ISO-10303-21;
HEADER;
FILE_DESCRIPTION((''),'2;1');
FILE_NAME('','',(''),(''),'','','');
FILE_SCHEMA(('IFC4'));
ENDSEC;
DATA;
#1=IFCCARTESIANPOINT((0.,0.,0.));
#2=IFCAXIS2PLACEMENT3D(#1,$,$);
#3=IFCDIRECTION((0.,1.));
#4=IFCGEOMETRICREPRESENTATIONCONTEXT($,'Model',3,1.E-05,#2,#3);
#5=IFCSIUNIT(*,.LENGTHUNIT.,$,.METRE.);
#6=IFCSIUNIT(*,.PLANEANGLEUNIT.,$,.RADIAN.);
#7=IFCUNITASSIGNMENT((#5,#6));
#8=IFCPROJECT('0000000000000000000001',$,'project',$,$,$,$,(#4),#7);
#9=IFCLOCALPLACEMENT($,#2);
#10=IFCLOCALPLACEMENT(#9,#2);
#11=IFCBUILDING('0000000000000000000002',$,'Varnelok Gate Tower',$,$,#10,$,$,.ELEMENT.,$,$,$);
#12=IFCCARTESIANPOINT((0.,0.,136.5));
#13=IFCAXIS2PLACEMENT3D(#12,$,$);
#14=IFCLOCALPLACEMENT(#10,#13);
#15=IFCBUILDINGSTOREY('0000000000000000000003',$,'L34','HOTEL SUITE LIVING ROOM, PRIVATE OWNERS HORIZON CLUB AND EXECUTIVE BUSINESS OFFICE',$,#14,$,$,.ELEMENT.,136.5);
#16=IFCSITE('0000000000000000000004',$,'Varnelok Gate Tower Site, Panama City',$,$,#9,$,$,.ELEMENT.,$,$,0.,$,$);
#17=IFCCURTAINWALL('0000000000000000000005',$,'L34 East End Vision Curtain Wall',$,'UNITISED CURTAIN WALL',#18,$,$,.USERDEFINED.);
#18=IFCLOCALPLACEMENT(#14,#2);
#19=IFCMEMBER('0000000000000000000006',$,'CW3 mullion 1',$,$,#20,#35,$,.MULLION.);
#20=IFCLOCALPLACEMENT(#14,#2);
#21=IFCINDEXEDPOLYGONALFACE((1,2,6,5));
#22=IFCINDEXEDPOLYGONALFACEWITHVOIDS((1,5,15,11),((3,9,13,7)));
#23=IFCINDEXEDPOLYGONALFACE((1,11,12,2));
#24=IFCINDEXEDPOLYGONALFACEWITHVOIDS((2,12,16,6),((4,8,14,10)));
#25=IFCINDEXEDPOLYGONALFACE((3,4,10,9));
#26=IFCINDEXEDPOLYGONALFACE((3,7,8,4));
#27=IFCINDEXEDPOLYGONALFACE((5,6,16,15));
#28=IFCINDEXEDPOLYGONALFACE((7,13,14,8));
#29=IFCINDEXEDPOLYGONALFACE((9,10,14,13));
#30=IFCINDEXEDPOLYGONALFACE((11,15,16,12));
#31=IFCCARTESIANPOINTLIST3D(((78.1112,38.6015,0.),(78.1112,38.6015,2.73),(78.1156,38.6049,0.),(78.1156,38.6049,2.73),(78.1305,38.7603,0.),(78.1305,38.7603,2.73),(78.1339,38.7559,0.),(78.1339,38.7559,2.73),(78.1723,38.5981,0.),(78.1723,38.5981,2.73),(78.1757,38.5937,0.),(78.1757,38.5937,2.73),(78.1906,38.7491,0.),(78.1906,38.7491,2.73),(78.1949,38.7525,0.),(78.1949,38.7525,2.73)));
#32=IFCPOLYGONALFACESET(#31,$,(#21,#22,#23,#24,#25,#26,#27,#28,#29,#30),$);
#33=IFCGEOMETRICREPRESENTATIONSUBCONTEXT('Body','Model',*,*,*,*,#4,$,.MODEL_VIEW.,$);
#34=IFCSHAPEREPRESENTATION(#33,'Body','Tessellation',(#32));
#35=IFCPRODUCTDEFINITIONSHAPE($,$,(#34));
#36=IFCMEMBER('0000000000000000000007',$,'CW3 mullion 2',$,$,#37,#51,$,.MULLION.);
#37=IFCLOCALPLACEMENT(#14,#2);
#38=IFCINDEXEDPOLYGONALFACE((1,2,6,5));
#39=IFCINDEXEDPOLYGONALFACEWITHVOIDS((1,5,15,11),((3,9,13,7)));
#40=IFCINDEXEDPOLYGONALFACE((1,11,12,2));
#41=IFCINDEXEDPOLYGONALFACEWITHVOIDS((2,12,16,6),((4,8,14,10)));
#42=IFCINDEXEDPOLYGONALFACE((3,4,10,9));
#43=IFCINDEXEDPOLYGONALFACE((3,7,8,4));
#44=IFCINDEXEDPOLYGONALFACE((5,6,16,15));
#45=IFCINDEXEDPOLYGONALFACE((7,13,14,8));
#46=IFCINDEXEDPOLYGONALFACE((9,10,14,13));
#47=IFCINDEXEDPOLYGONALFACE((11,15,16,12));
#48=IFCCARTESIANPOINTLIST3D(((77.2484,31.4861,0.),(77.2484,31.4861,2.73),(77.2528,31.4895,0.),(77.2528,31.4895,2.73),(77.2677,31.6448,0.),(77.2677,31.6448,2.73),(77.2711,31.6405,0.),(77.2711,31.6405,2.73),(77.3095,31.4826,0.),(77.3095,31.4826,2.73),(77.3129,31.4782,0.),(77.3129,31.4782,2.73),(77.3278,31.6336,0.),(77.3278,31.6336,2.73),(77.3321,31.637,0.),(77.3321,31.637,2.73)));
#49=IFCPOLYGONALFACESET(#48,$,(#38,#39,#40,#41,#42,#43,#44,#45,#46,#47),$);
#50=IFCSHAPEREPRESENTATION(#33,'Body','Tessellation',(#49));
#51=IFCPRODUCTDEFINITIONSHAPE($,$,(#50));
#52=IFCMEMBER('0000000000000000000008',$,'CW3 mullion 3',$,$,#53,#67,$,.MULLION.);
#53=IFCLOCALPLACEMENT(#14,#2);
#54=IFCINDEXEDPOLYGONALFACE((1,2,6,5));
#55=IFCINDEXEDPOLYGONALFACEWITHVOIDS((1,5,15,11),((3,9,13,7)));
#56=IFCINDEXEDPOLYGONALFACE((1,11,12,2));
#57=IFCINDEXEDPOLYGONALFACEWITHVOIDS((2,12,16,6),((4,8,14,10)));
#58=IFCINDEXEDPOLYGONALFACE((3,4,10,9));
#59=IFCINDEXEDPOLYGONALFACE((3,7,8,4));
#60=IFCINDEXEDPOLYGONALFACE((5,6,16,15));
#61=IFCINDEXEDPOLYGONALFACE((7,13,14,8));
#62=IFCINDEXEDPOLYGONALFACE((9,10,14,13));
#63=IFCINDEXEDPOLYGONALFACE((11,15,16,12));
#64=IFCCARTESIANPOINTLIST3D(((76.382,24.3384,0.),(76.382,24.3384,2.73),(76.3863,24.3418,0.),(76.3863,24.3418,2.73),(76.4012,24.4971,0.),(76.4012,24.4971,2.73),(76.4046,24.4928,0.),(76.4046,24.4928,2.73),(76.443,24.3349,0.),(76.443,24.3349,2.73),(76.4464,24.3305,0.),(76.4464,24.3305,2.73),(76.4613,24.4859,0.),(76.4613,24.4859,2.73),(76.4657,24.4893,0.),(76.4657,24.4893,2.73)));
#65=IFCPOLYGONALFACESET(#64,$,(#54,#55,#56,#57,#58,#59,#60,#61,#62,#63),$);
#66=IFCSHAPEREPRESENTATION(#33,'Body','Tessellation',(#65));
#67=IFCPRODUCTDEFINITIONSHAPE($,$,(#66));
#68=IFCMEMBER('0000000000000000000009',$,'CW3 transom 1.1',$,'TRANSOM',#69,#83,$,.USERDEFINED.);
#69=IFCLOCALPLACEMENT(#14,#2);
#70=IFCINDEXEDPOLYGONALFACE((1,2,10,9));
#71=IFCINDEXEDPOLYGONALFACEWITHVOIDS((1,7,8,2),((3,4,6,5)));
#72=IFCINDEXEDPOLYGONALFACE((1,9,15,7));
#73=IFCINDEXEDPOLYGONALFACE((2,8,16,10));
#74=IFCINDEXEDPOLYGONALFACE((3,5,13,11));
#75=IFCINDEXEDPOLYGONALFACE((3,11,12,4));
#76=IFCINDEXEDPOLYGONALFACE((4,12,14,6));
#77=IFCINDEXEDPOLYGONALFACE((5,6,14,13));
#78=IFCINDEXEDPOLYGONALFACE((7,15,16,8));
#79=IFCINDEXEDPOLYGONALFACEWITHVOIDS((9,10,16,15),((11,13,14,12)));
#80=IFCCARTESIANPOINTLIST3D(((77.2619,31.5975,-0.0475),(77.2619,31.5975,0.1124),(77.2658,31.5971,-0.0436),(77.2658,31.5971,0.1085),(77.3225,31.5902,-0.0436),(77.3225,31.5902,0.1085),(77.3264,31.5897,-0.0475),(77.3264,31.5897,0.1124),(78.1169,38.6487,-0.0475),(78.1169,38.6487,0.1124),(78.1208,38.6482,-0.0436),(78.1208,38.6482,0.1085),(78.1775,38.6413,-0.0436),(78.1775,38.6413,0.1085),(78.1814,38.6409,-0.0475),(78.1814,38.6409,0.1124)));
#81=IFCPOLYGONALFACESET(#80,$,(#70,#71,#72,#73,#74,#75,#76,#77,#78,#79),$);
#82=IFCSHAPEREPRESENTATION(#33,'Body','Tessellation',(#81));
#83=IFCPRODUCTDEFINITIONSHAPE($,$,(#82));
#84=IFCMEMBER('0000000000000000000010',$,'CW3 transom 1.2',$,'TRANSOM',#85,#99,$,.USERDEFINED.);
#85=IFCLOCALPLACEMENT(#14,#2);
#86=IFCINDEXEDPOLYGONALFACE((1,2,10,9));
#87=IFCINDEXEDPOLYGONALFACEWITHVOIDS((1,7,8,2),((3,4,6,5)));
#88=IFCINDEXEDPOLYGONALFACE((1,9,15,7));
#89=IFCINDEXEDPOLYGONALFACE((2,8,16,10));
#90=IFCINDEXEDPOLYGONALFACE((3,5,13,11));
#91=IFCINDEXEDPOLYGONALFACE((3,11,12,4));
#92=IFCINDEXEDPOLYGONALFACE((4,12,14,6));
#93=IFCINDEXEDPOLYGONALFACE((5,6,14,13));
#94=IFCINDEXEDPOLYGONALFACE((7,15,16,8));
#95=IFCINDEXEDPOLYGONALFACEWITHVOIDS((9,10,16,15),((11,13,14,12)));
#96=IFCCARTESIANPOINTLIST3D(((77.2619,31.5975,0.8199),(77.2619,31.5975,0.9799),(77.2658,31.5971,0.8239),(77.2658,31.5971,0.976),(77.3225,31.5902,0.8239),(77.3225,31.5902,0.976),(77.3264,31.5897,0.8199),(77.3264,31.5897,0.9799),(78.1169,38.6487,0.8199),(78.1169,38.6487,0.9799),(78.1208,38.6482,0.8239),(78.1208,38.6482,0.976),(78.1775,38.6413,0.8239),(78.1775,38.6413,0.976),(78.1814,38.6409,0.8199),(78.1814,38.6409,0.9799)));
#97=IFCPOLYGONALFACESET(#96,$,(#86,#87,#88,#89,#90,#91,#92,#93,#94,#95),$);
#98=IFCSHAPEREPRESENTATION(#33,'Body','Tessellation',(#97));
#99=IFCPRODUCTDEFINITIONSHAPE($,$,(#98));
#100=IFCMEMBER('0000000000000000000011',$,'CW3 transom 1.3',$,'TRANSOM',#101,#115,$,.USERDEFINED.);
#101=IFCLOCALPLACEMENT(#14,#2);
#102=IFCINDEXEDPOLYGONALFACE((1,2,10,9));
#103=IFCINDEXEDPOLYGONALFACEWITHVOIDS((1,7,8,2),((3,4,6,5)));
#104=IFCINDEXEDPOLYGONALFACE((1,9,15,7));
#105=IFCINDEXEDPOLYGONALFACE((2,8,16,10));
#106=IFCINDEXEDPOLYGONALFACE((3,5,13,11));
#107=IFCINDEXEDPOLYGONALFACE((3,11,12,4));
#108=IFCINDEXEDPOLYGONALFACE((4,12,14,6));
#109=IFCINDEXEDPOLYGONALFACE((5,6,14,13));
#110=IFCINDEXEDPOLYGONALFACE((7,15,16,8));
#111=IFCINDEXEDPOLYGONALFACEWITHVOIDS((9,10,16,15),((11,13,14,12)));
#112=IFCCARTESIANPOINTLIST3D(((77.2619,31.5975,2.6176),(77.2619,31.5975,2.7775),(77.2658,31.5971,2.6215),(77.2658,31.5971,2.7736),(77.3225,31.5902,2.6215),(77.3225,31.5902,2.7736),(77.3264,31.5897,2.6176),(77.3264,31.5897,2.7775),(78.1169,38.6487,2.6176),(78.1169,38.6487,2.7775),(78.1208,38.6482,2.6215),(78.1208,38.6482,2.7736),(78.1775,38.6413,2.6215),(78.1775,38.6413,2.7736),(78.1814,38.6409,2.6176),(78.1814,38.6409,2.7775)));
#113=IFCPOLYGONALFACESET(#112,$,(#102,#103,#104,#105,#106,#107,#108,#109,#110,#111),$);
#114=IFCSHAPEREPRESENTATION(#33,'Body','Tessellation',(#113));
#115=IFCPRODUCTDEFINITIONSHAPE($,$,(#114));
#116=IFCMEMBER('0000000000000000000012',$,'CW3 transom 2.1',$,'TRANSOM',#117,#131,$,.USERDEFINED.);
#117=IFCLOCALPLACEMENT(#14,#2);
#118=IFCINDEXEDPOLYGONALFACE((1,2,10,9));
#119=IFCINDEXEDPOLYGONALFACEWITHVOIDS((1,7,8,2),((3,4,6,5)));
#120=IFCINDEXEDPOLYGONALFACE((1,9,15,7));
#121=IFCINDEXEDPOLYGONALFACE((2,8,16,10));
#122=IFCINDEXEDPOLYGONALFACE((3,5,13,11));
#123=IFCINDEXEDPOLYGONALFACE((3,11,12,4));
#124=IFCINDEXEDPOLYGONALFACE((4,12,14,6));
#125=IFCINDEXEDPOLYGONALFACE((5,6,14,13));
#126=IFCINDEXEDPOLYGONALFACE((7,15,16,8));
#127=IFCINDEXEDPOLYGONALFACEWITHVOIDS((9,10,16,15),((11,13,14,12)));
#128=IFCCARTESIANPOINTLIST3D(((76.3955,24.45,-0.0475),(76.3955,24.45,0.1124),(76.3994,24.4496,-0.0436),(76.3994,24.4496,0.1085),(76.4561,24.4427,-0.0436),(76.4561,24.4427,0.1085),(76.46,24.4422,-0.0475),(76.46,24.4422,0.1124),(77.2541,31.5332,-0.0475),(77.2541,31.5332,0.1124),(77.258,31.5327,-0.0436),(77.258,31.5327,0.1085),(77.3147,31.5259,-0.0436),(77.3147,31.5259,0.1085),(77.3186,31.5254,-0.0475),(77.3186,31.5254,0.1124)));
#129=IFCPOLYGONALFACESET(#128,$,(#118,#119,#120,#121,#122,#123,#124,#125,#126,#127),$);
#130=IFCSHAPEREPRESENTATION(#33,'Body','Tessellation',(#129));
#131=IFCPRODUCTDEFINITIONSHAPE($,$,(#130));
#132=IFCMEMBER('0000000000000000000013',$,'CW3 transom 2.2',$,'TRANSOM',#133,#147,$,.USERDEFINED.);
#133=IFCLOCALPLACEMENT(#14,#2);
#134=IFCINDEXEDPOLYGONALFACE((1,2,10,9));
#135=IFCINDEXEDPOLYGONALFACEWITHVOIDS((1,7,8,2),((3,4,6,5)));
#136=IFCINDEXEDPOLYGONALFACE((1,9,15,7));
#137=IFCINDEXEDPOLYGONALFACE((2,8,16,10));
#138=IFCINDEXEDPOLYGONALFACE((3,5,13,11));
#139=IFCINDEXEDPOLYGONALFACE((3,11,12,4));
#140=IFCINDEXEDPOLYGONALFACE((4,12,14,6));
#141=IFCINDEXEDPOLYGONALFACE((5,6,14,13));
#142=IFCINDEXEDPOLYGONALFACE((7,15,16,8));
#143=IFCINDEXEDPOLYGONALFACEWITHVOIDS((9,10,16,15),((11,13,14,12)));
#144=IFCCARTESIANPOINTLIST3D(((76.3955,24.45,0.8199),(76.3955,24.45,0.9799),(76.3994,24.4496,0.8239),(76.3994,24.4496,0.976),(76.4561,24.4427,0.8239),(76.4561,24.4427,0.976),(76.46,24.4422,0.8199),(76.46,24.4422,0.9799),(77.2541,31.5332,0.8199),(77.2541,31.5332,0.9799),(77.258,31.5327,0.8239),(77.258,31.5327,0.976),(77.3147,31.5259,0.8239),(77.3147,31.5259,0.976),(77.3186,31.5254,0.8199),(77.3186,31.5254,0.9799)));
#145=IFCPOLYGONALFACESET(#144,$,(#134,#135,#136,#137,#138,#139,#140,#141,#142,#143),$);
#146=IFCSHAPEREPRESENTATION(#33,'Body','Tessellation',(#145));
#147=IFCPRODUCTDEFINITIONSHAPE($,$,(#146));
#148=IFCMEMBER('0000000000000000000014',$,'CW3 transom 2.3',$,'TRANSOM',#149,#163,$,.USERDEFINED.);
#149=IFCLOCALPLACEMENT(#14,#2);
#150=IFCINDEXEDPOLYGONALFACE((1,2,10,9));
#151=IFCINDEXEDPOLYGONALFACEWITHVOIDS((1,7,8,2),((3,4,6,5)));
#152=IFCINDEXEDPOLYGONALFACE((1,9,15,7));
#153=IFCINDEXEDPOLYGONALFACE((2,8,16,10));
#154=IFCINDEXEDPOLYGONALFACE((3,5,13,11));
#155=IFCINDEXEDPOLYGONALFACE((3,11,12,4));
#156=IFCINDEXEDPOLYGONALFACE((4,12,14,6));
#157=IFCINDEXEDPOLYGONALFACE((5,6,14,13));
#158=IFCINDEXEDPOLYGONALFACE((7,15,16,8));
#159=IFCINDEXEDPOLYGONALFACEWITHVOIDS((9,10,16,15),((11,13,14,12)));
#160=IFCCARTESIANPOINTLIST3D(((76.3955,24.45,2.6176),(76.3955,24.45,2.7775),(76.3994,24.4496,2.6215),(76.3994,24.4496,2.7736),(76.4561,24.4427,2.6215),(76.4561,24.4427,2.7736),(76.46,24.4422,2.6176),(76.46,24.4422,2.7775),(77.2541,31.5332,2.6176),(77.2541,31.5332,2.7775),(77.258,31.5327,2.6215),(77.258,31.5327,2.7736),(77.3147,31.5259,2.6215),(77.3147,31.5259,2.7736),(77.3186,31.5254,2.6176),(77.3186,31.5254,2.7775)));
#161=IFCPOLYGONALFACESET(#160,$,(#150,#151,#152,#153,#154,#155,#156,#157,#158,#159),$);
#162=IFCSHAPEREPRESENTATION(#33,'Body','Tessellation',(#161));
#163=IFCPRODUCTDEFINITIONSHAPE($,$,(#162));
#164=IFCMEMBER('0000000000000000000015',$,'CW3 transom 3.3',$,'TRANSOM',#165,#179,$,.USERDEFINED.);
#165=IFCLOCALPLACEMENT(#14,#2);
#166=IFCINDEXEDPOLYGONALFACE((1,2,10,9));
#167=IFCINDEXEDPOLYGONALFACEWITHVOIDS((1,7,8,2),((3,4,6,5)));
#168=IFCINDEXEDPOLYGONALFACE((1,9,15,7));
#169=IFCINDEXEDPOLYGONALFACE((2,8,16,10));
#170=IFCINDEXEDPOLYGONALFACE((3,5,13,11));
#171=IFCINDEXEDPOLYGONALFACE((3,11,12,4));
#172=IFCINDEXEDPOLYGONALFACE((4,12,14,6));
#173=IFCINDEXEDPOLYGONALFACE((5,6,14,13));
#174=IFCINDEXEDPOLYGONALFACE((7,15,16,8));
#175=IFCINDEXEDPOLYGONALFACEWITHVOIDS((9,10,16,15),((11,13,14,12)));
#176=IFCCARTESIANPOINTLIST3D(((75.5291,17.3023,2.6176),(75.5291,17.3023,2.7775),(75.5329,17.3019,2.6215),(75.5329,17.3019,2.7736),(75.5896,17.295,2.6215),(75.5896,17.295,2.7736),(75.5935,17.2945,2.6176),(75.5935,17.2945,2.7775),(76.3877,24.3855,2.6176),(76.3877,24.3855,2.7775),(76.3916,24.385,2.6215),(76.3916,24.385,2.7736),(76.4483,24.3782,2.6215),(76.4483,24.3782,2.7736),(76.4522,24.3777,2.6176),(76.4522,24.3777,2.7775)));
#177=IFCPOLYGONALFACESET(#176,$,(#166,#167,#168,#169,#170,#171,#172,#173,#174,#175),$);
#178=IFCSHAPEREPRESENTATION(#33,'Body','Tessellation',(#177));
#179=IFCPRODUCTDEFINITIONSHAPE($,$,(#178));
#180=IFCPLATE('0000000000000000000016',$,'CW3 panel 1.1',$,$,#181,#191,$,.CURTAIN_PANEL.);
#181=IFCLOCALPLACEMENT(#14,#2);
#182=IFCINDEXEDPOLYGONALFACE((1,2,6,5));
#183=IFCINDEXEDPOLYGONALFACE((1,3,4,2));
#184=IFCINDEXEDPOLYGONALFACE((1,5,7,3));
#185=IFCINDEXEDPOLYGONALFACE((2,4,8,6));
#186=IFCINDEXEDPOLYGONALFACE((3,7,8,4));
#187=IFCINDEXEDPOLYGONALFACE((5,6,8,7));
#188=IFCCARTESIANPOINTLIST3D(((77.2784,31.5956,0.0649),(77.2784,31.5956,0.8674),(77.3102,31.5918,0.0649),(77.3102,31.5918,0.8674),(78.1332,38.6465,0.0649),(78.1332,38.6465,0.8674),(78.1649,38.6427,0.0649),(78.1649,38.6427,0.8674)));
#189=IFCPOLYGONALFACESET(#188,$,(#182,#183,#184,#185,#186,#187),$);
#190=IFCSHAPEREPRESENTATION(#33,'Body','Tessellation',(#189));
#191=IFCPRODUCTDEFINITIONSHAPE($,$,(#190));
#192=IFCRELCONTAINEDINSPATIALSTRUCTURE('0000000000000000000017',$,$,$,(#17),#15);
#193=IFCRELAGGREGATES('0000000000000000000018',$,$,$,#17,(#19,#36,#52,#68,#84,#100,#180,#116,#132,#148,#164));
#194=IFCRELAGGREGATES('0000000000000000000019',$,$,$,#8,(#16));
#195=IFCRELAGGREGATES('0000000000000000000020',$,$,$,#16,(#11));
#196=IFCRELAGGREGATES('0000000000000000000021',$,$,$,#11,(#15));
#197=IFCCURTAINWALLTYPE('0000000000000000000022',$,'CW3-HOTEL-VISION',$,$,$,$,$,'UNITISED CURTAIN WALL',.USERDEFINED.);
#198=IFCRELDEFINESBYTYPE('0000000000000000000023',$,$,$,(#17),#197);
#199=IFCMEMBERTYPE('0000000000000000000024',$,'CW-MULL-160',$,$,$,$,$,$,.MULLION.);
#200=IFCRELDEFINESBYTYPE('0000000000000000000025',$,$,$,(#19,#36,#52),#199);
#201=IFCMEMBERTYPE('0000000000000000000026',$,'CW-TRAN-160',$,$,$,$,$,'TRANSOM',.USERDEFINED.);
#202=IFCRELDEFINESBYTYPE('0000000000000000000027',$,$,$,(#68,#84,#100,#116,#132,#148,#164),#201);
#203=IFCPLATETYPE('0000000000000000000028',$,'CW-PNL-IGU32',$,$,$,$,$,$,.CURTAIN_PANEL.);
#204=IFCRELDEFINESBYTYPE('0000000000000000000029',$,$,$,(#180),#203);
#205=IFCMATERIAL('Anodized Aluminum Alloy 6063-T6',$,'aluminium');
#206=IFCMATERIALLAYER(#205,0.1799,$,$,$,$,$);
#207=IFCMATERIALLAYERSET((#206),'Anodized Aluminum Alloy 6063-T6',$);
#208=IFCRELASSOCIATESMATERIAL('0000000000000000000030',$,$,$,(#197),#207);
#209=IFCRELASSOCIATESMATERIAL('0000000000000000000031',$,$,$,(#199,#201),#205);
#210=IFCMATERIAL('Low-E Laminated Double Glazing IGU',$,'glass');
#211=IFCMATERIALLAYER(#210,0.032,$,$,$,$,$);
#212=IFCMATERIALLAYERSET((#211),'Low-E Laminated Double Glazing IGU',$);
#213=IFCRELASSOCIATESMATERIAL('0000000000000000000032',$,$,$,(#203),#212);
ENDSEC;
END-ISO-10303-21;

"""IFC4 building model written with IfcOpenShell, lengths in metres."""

from ifc_helpers import new_model, si_unit, direction, frame, origin, origin_2d, place, context, subcontext, project, spatial, rectangle, hollow_rectangle, extrude, source, transform, mapped, material, layer, layer_set, material_profile, profile_set, type_object, element, aggregate, save


model = new_model("IFC4")

# Units and contexts
model_context = context("Model", 3, precision=1e-05, world=origin(), true_north=direction((0.0, 1.0)))
body_context = subcontext(model_context, "Body", "Model", "MODEL_VIEW")
ifc_project = project(units=[si_unit("LENGTHUNIT", "METRE"), si_unit("PLANEANGLEUNIT", "RADIAN")], contexts=[model_context])

# Site, building, storey
site_placement = place(None, origin())
site = spatial("IfcSite", under=ifc_project, at=site_placement, Name="Varnelok Gate Tower Site, Panama City", CompositionType="ELEMENT", RefElevation=0.0)
building_placement = place(site_placement, origin())
building = spatial("IfcBuilding", under=site, at=building_placement, Name="Varnelok Gate Tower", CompositionType="ELEMENT")
storey_placement = place(building_placement, frame((0.0, 0.0, 136.5)))
storey = spatial("IfcBuildingStorey", under=building, at=storey_placement, Name="L34", Description="HOTEL SUITE LIVING ROOM, PRIVATE OWNERS HORIZON CLUB AND EXECUTIVE BUSINESS OFFICE", CompositionType="ELEMENT", Elevation=136.5)

# Curtain wall, members, plate
ifc_material_1 = material(Name="Anodized Aluminum Alloy 6063-T6", Category="aluminium")
ifc_layer_1 = layer(ifc_material_1, 0.1799)
ifc_layer_set_1 = layer_set([ifc_layer_1], Name="Anodized Aluminum Alloy 6063-T6")
curtain_wall_type = type_object("IfcCurtainWallType", Name="CW3-HOTEL-VISION", ElementType="UNITISED CURTAIN WALL", PredefinedType="USERDEFINED", material=ifc_layer_set_1)
curtain_wall_placement = place(storey_placement, origin())
curtain_wall = element("IfcCurtainWall", 1, at=curtain_wall_placement, inside=storey, type_object=curtain_wall_type, Name="L34 East End Vision Curtain Wall", ObjectType="UNITISED CURTAIN WALL", PredefinedType="USERDEFINED")
ifc_material_profile_1 = material_profile(ifc_material_1, hollow_rectangle(XDim=0.0649, YDim=0.1599, WallThickness=0.0039, at=origin_2d()), Name="ALU160X65X4")
ifc_profile_set_1 = profile_set([ifc_material_profile_1], Name="Anodized Aluminum Alloy 6063-T6")
member_type_1 = type_object("IfcMemberType", Name="CW-MULL-160", PredefinedType="MULLION", material=ifc_profile_set_1)
member_1_placement = place(storey_placement, frame((78.1531, 38.677, 0.0), z_axis=(0.0, 0.0, 1.0), x_axis=(0.992732, -0.120347, 0.0)))
member_1 = element("IfcMember", 2, at=member_1_placement, type_object=member_type_1, Name="CW3 mullion 1", PredefinedType="MULLION", context=body_context, shape_type="SweptSolid", body=[
    extrude(hollow_rectangle(XDim=0.0649, YDim=0.1599, WallThickness=0.0039, at=origin_2d()), origin(), (0.0, 0.0, 1.0), 2.73),
])
member_2_placement = place(storey_placement, frame((77.2903, 31.5615, 0.0), z_axis=(0.0, 0.0, 1.0), x_axis=(0.992732, -0.120347, 0.0)))
member_2 = element("IfcMember", 3, at=member_2_placement, type_object=member_type_1, Name="CW3 mullion 2", PredefinedType="MULLION", context=body_context, shape_type="SweptSolid", body=[
    extrude(hollow_rectangle(XDim=0.0649, YDim=0.1599, WallThickness=0.0039, at=origin_2d()), origin(), (0.0, 0.0, 1.0), 2.73),
])
member_3_placement = place(storey_placement, frame((76.4238, 24.4138, 0.0), z_axis=(0.0, 0.0, 1.0), x_axis=(0.992732, -0.120347, 0.0)))
member_3 = element("IfcMember", 4, at=member_3_placement, type_object=member_type_1, Name="CW3 mullion 3", PredefinedType="MULLION", context=body_context, shape_type="SweptSolid", body=[
    extrude(hollow_rectangle(XDim=0.0649, YDim=0.1599, WallThickness=0.0039, at=origin_2d()), origin(), (0.0, 0.0, 1.0), 2.73),
])
ifc_material_profile_2 = material_profile(ifc_material_1, hollow_rectangle(XDim=0.0649, YDim=0.1599, WallThickness=0.0039, at=origin_2d()), Name="ALU160X65X4")
ifc_profile_set_2 = profile_set([ifc_material_profile_2], Name="Anodized Aluminum Alloy 6063-T6")
member_type_2 = type_object("IfcMemberType", Name="CW-TRAN-160", ElementType="TRANSOM", PredefinedType="USERDEFINED", material=ifc_profile_set_2)
member_4_placement = place(storey_placement, frame((78.1492, 38.6448, 0.0325), z_axis=(-0.120374, -0.992729, 0.0), x_axis=(0.992729, -0.120374, 0.0)))
member_4 = element("IfcMember", 5, at=member_4_placement, type_object=member_type_2, Name="CW3 transom 1.1", ObjectType="TRANSOM", PredefinedType="USERDEFINED", context=body_context, shape_type="SweptSolid", body=[
    extrude(hollow_rectangle(XDim=0.0649, YDim=0.1599, WallThickness=0.0039, at=origin_2d()), origin(), (0.0, 0.0, 1.0), 7.1028),
])
member_5_placement = place(storey_placement, frame((78.1492, 38.6448, 0.8999), z_axis=(-0.120374, -0.992729, 0.0), x_axis=(0.992729, -0.120374, 0.0)))
member_5 = element("IfcMember", 6, at=member_5_placement, type_object=member_type_2, Name="CW3 transom 1.2", ObjectType="TRANSOM", PredefinedType="USERDEFINED", context=body_context, shape_type="SweptSolid", body=[
    extrude(hollow_rectangle(XDim=0.0649, YDim=0.1599, WallThickness=0.0039, at=origin_2d()), origin(), (0.0, 0.0, 1.0), 7.1028),
])
member_6_placement = place(storey_placement, frame((78.1492, 38.6448, 2.6975), z_axis=(-0.120374, -0.992729, 0.0), x_axis=(0.992729, -0.120374, 0.0)))
member_6 = element("IfcMember", 7, at=member_6_placement, type_object=member_type_2, Name="CW3 transom 1.3", ObjectType="TRANSOM", PredefinedType="USERDEFINED", context=body_context, shape_type="SweptSolid", body=[
    extrude(hollow_rectangle(XDim=0.0649, YDim=0.1599, WallThickness=0.0039, at=origin_2d()), origin(), (0.0, 0.0, 1.0), 7.1028),
])
member_7_placement = place(storey_placement, frame((77.2864, 31.5293, 0.0325), z_axis=(-0.120341, -0.992733, 0.0), x_axis=(0.992733, -0.120341, 0.0)))
member_7 = element("IfcMember", 8, at=member_7_placement, type_object=member_type_2, Name="CW3 transom 2.1", ObjectType="TRANSOM", PredefinedType="USERDEFINED", context=body_context, shape_type="SweptSolid", body=[
    extrude(hollow_rectangle(XDim=0.0649, YDim=0.1599, WallThickness=0.0039, at=origin_2d()), origin(), (0.0, 0.0, 1.0), 7.135),
])
member_8_placement = place(storey_placement, frame((77.2864, 31.5293, 0.8999), z_axis=(-0.120341, -0.992733, 0.0), x_axis=(0.992733, -0.120341, 0.0)))
member_8 = element("IfcMember", 9, at=member_8_placement, type_object=member_type_2, Name="CW3 transom 2.2", ObjectType="TRANSOM", PredefinedType="USERDEFINED", context=body_context, shape_type="SweptSolid", body=[
    extrude(hollow_rectangle(XDim=0.0649, YDim=0.1599, WallThickness=0.0039, at=origin_2d()), origin(), (0.0, 0.0, 1.0), 7.135),
])
member_9_placement = place(storey_placement, frame((77.2864, 31.5293, 2.6975), z_axis=(-0.120341, -0.992733, 0.0), x_axis=(0.992733, -0.120341, 0.0)))
member_9 = element("IfcMember", 10, at=member_9_placement, type_object=member_type_2, Name="CW3 transom 2.3", ObjectType="TRANSOM", PredefinedType="USERDEFINED", context=body_context, shape_type="SweptSolid", body=[
    extrude(hollow_rectangle(XDim=0.0649, YDim=0.1599, WallThickness=0.0039, at=origin_2d()), origin(), (0.0, 0.0, 1.0), 7.135),
])
member_10_placement = place(storey_placement, frame((76.4199, 24.3816, 2.6975), z_axis=(-0.120341, -0.992733, 0.0), x_axis=(0.992733, -0.120341, 0.0)))
member_10 = element("IfcMember", 11, at=member_10_placement, type_object=member_type_2, Name="CW3 transom 3.3", ObjectType="TRANSOM", PredefinedType="USERDEFINED", context=body_context, shape_type="SweptSolid", body=[
    extrude(hollow_rectangle(XDim=0.0649, YDim=0.1599, WallThickness=0.0039, at=origin_2d()), origin(), (0.0, 0.0, 1.0), 7.135),
])
ifc_material_2 = material(Name="Low-E Laminated Double Glazing IGU", Category="glass")
ifc_layer_2 = layer(ifc_material_2, 0.032)
ifc_layer_set_2 = layer_set([ifc_layer_2], Name="Low-E Laminated Double Glazing IGU")
plate_type = type_object("IfcPlateType", Name="CW-PNL-IGU32", PredefinedType="CURTAIN_PANEL", material=ifc_layer_set_2)
shared_shape_1 = source(origin(), body_context, "Body", "SweptSolid", [
    extrude(rectangle(XDim=7.1025, YDim=0.032, at=origin_2d()), origin(), (0.0, 0.0, 1.0), 0.8025),
])
plate_1_placement = place(storey_placement, frame((77.7217, 35.1191, 0.0649), z_axis=(0.0, 0.0, 1.0), x_axis=(-0.120347, -0.992732, 0.0)))
plate_1 = element("IfcPlate", 12, at=plate_1_placement, type_object=plate_type, Name="CW3 panel 1.1", PredefinedType="CURTAIN_PANEL", context=body_context, shape_type="MappedRepresentation", body=[
    mapped(shared_shape_1, transform((0.0, 0.0, 0.0), scale=1.0)),
])
aggregate(curtain_wall, [member_1, member_2, member_3, member_4, member_5, member_6, plate_1, member_7, member_8, member_9, member_10])

save(model, "model.ifc")
